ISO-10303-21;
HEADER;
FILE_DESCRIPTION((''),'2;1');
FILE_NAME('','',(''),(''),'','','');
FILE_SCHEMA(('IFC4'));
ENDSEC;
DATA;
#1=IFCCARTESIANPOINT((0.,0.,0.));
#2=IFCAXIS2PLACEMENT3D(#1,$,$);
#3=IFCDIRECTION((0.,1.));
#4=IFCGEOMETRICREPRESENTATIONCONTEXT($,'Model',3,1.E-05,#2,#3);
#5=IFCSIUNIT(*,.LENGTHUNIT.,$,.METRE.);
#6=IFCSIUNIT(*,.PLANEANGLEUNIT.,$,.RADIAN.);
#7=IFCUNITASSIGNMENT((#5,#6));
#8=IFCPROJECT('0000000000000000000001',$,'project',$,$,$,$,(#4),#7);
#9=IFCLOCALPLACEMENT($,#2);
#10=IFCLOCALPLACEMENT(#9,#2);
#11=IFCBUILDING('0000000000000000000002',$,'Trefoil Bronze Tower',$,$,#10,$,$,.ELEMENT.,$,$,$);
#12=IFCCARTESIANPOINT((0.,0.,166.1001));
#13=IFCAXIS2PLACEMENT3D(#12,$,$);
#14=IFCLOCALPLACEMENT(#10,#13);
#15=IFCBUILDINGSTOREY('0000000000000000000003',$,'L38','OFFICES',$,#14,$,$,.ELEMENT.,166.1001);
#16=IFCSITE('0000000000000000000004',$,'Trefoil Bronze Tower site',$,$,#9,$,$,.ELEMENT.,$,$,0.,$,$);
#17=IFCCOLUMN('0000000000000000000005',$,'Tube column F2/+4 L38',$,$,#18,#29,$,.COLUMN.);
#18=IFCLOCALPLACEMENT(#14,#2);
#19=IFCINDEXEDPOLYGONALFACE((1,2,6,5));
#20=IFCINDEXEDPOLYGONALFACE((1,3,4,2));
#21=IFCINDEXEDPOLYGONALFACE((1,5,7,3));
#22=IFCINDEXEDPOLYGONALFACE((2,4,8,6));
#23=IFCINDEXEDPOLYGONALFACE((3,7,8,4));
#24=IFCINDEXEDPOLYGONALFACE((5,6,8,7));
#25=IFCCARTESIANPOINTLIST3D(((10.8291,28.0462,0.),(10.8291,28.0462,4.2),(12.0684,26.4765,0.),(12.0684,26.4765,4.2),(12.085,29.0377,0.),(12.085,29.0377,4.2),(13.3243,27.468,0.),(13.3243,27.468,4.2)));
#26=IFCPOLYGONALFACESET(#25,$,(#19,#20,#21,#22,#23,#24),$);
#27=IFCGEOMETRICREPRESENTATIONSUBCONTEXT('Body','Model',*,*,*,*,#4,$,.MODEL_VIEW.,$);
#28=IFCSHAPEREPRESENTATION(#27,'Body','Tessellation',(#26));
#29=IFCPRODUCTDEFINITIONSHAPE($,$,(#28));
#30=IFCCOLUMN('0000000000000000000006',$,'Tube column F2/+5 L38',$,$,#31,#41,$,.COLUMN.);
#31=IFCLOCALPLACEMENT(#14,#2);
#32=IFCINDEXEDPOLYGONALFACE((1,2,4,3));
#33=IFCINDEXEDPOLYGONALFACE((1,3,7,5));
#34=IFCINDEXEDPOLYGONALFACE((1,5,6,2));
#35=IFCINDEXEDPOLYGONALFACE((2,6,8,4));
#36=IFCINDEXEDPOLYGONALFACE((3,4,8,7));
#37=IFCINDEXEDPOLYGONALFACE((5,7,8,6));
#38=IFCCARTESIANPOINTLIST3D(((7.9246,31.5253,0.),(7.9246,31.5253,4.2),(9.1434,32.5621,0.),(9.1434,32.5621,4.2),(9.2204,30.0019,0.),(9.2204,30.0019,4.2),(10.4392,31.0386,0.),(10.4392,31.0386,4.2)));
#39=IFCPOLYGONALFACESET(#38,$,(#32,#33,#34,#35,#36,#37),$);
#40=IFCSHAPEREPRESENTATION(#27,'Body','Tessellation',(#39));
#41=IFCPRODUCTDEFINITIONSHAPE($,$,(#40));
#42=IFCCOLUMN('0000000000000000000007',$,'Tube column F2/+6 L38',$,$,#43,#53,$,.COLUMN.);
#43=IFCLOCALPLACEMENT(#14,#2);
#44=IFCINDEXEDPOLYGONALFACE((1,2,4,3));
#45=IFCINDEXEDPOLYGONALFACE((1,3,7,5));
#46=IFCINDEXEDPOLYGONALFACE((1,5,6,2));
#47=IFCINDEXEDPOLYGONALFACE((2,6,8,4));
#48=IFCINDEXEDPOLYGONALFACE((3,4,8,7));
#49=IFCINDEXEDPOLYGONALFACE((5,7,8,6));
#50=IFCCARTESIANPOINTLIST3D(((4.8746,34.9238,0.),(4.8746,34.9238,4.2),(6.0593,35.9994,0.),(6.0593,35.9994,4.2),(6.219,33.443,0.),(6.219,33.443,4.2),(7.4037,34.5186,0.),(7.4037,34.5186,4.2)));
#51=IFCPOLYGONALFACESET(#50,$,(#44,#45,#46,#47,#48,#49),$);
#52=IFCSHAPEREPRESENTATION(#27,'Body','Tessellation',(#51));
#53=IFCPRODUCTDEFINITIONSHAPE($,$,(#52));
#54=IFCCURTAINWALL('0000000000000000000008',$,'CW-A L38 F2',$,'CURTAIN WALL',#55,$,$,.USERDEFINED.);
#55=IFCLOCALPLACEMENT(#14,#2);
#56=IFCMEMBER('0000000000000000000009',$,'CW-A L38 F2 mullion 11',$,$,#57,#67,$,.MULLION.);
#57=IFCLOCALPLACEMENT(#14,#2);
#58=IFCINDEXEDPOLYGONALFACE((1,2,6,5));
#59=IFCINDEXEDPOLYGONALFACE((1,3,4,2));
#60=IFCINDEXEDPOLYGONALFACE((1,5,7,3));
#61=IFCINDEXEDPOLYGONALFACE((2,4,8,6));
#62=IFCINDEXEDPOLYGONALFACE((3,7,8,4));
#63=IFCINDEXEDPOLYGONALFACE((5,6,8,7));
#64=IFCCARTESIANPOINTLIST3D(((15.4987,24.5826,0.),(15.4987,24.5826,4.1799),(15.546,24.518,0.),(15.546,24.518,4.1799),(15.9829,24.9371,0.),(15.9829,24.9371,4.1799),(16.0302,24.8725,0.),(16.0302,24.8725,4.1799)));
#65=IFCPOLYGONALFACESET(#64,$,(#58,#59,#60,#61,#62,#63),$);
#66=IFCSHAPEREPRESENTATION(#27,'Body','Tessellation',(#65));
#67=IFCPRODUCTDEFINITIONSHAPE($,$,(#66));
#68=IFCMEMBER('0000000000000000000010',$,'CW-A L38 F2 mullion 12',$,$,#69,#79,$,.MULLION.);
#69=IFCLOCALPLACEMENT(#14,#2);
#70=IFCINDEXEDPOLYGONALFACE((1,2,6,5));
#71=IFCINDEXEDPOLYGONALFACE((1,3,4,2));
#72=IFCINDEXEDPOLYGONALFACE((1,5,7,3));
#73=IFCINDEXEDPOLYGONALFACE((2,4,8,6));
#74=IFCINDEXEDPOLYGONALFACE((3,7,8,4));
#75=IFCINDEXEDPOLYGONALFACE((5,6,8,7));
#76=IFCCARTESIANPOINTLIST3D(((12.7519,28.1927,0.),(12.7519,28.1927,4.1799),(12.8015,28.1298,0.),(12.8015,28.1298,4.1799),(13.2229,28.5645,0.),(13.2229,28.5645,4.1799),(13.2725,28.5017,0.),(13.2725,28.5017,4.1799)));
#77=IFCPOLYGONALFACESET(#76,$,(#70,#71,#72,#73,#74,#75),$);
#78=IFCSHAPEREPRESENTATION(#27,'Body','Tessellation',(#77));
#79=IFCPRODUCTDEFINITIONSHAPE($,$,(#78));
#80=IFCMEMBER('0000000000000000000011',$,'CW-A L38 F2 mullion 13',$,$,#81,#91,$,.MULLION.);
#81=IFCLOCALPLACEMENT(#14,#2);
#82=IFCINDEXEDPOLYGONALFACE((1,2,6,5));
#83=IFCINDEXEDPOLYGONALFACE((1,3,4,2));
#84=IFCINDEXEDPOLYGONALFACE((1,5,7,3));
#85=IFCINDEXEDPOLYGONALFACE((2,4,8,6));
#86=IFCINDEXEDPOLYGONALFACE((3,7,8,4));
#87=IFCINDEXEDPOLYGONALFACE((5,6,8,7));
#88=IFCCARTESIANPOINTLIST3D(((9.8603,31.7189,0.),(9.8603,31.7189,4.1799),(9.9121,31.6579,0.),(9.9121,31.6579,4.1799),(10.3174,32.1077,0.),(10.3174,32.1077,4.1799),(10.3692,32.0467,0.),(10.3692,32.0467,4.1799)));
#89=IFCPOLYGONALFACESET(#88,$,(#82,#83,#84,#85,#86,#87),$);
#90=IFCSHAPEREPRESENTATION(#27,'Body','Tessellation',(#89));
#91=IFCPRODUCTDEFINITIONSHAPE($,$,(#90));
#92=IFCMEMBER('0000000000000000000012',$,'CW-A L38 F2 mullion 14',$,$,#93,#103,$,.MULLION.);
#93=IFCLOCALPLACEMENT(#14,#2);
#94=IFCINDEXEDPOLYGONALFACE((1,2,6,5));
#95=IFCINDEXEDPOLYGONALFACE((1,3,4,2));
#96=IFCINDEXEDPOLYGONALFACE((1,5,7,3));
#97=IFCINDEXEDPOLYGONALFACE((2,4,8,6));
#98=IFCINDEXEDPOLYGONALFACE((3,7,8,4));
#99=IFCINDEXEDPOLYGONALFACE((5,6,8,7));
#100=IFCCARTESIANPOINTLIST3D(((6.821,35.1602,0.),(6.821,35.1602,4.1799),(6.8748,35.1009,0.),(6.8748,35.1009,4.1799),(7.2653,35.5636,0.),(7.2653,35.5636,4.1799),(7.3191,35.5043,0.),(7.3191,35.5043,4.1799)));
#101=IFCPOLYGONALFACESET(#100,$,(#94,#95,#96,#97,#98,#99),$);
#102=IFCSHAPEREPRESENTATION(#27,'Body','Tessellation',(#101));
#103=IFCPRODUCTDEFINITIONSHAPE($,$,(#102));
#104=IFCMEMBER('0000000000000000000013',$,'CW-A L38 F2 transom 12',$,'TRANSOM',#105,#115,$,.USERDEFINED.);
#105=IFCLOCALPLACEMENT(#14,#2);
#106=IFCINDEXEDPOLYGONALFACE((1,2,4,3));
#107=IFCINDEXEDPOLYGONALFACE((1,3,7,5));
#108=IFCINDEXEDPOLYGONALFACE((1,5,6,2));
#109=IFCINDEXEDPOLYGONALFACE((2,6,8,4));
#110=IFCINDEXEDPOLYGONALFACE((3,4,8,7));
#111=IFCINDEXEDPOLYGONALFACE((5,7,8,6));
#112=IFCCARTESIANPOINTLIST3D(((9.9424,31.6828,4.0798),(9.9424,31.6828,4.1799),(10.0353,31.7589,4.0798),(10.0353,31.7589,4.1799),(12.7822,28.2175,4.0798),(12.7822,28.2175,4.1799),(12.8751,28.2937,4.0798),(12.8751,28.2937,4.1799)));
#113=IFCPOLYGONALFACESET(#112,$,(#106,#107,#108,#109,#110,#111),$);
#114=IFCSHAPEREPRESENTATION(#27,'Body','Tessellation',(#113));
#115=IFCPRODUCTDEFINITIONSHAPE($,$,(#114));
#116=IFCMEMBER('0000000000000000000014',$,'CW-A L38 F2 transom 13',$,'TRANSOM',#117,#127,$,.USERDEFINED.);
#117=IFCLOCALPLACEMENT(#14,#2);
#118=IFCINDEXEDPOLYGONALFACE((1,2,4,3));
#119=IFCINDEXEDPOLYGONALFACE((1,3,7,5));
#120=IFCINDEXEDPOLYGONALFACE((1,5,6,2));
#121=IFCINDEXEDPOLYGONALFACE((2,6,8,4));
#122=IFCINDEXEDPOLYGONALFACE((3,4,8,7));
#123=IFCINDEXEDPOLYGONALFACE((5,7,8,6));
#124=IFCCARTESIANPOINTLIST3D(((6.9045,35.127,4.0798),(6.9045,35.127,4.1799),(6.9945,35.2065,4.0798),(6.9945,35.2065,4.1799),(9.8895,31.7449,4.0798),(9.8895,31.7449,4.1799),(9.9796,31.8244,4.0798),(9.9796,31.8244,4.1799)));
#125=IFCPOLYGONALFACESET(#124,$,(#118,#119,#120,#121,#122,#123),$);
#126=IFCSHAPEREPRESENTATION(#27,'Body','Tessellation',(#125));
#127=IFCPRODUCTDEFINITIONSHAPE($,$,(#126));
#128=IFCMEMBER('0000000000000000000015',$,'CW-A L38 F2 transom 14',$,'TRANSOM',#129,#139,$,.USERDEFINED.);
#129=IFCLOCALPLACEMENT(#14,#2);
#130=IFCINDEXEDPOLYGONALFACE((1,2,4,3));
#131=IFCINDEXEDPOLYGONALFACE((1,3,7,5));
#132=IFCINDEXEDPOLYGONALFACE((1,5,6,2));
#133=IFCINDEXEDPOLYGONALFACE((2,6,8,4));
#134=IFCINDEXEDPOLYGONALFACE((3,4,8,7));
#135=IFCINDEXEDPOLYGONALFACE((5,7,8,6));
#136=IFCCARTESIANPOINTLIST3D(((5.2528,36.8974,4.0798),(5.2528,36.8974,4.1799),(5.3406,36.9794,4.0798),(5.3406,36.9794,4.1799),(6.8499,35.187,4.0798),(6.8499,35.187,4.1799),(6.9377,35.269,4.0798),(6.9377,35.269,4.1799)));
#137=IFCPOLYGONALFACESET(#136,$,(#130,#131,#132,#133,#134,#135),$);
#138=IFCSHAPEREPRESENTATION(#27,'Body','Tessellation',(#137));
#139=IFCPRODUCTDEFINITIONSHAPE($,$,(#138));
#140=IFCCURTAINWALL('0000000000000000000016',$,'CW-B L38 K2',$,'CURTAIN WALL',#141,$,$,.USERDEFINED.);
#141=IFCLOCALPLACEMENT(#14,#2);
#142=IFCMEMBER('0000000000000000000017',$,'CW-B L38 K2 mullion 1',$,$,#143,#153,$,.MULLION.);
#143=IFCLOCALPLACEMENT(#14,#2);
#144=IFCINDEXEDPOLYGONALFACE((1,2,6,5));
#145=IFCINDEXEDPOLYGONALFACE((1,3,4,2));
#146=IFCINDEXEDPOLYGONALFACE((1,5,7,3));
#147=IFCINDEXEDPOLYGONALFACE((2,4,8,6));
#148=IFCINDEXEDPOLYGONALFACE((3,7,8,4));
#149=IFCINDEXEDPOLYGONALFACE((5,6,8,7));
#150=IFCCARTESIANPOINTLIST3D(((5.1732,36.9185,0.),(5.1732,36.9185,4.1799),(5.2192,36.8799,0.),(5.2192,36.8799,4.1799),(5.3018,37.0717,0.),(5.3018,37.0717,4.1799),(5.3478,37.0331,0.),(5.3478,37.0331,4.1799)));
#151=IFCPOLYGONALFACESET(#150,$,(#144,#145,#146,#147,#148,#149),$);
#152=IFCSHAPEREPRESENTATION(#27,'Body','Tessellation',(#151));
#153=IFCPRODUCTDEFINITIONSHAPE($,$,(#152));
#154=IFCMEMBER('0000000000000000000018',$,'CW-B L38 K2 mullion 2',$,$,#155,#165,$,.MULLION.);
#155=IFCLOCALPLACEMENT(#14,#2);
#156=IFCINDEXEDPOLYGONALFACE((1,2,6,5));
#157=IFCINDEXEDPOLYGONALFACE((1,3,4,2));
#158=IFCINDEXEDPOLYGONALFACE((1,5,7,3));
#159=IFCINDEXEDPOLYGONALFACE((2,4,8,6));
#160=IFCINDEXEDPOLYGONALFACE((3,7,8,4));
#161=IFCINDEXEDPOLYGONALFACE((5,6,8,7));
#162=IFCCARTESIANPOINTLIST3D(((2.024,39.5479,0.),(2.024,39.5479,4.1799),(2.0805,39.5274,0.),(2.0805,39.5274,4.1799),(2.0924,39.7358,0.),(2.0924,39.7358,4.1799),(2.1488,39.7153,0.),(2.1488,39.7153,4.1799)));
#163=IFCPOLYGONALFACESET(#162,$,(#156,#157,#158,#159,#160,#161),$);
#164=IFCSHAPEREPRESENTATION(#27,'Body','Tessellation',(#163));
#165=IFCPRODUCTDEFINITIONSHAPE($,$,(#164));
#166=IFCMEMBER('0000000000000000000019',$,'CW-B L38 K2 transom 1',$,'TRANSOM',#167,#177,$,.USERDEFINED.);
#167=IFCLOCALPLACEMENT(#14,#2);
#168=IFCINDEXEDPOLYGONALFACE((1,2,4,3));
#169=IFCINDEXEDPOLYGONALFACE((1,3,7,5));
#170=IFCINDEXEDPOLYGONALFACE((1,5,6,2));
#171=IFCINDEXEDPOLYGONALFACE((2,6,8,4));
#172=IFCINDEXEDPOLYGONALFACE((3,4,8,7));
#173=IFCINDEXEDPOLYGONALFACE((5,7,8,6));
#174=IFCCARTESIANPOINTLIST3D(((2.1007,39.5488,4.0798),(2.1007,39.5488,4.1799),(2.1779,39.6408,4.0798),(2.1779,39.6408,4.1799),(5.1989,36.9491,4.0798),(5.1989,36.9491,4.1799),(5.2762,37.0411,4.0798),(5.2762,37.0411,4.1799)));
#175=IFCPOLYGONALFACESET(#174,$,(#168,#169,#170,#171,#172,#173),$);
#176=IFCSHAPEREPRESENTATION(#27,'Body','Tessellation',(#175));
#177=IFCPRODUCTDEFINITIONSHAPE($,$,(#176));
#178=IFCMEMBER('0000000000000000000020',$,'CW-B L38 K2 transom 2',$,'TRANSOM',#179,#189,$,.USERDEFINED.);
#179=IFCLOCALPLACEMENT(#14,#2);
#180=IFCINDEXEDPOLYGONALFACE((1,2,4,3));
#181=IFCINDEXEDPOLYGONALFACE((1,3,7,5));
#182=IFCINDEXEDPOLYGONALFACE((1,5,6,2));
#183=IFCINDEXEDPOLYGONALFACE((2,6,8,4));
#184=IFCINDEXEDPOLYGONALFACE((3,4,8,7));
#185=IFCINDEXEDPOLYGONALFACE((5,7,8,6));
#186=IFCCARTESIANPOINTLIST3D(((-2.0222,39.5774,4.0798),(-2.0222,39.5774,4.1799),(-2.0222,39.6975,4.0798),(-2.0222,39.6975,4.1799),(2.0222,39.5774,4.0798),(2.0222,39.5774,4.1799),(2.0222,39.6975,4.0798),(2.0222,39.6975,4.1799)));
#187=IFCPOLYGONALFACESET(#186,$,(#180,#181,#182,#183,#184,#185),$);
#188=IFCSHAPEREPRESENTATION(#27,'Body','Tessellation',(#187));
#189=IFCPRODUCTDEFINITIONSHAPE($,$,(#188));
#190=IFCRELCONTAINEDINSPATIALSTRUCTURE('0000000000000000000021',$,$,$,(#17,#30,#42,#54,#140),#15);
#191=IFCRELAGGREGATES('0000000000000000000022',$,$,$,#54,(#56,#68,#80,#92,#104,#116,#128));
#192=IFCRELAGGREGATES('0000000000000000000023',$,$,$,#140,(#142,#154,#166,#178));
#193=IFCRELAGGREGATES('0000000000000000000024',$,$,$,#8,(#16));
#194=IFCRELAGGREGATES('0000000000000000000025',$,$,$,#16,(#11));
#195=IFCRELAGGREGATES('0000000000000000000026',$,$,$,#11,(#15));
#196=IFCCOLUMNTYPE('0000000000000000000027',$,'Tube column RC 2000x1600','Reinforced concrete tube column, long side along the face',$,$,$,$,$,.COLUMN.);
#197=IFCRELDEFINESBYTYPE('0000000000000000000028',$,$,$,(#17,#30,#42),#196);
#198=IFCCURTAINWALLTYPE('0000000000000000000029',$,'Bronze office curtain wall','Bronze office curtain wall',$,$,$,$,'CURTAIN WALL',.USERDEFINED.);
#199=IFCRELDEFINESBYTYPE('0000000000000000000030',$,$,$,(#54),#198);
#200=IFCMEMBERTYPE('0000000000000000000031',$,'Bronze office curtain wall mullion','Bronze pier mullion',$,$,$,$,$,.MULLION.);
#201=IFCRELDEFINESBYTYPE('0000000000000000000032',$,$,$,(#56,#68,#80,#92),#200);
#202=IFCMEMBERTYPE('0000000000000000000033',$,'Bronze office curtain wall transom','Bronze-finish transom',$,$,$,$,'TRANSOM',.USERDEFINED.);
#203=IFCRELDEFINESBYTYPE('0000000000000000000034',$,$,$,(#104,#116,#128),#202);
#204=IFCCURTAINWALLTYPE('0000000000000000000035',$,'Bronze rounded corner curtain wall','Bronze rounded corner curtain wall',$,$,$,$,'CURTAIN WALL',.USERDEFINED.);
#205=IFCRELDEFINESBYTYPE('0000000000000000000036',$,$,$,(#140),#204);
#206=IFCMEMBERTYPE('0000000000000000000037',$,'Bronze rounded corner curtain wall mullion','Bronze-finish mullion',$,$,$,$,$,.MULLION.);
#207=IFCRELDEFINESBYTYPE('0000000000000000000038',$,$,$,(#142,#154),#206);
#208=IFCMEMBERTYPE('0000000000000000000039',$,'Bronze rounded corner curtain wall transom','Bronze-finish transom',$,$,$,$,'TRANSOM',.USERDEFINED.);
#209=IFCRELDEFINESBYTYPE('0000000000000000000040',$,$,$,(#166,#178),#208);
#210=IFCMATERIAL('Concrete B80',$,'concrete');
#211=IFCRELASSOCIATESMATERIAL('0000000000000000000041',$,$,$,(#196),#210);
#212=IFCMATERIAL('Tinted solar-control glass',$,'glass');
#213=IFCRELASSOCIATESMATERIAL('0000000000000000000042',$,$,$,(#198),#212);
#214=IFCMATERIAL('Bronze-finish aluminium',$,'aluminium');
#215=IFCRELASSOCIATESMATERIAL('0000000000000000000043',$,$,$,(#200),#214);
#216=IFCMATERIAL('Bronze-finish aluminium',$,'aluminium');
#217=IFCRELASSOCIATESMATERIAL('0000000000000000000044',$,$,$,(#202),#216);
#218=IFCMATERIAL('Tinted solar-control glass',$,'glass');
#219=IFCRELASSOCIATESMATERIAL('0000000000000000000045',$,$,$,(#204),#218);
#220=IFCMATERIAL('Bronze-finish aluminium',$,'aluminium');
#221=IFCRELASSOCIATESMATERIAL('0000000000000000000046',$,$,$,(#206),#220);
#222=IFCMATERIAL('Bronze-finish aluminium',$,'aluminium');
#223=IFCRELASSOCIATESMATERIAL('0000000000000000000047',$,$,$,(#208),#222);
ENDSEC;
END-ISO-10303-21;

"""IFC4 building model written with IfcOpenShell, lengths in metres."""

from ifc_helpers import new_model, si_unit, direction, frame, origin, origin_2d, place, context, subcontext, project, spatial, rectangle, extrude, material, material_profile, profile_set, type_object, element, aggregate, save


model = new_model("IFC4")

# Units and contexts
model_context = context("Model", 3, precision=1e-05, world=origin(), true_north=direction((0.0, 1.0)))
body_context = subcontext(model_context, "Body", "Model", "MODEL_VIEW")
ifc_project = project(units=[si_unit("LENGTHUNIT", "METRE"), si_unit("PLANEANGLEUNIT", "RADIAN")], contexts=[model_context])

# Site, building, storey
site_placement = place(None, origin())
site = spatial("IfcSite", under=ifc_project, at=site_placement, Name="Trefoil Bronze Tower site", CompositionType="ELEMENT", RefElevation=0.0)
building_placement = place(site_placement, origin())
building = spatial("IfcBuilding", under=site, at=building_placement, Name="Trefoil Bronze Tower", CompositionType="ELEMENT")
storey_placement = place(building_placement, frame((0.0, 0.0, 166.1001)))
storey = spatial("IfcBuildingStorey", under=building, at=storey_placement, Name="L38", Description="OFFICES", CompositionType="ELEMENT", Elevation=166.1001)

# Columns
ifc_material_1 = material(Name="Concrete B80", Category="concrete")
ifc_material_profile_1 = material_profile(ifc_material_1, rectangle(XDim=2.0, YDim=1.6001, at=origin_2d()), Name="RC 2000x1600")
ifc_profile_set_1 = profile_set([ifc_material_profile_1], Name="Concrete B80")
column_type = type_object("IfcColumnType", Name="Tube column RC 2000x1600", Description="Reinforced concrete tube column, long side along the face", PredefinedType="COLUMN", material=ifc_profile_set_1)
for number, where, z_axis, x_axis, name in (
    (1, (12.0767, 27.7571, 0.0), (0.0, 0.0, 1.0), (-0.619649, 0.784879, 0.0), "Tube column F2/+4 L38"),
    (2, (9.1819, 31.282, 0.0), (0.0, 0.0, 1.0), (-0.647904, 0.761722, 0.0), "Tube column F2/+5 L38"),
    (3, (6.1392, 34.7212, 0.0), (0.0, 0.0, 1.0), (-0.67221, 0.740361, 0.0), "Tube column F2/+6 L38"),
):
    element("IfcColumn", number, at=place(storey_placement, frame(where, z_axis=z_axis, x_axis=x_axis)), inside=storey, type_object=column_type, Name=name, PredefinedType="COLUMN", context=body_context, shape_type="SweptSolid", body=[
        extrude(rectangle(XDim=2.0, YDim=1.6001, at=origin_2d()), origin(), (0.0, 0.0, 1.0), 4.2),
    ])

# Curtain walls, members
ifc_material_2 = material(Name="Tinted solar-control glass", Category="glass")
curtain_wall_type_1 = type_object("IfcCurtainWallType", Name="Bronze office curtain wall", Description="Bronze office curtain wall", ElementType="CURTAIN WALL", PredefinedType="USERDEFINED", material=ifc_material_2)
curtain_wall_1_placement = place(storey_placement, origin())
curtain_wall_1 = element("IfcCurtainWall", 4, at=curtain_wall_1_placement, inside=storey, type_object=curtain_wall_type_1, Name="CW-A L38 F2", ObjectType="CURTAIN WALL", PredefinedType="USERDEFINED")
ifc_material_3 = material(Name="Bronze-finish aluminium", Category="aluminium")
ifc_material_profile_2 = material_profile(ifc_material_3, rectangle(XDim=0.6001, YDim=0.0801, at=origin_2d()), Name="CW-A mullion")
ifc_profile_set_2 = profile_set([ifc_material_profile_2], Name="Bronze-finish aluminium")
member_type_1 = type_object("IfcMemberType", Name="Bronze office curtain wall mullion", Description="Bronze pier mullion", PredefinedType="MULLION", material=ifc_profile_set_2)
member_1_placement = place(storey_placement, frame((15.7644, 24.7275, 0.0), z_axis=(0.0, 0.0, 1.0), x_axis=(-0.806875, -0.590723, 0.0)))
member_1 = element("IfcMember", 5, at=member_1_placement, type_object=member_type_1, Name="CW-A L38 F2 mullion 11", PredefinedType="MULLION", context=body_context, shape_type="SweptSolid", body=[
    extrude(rectangle(XDim=0.6001, YDim=0.0801, at=origin_2d()), origin(), (0.0, 0.0, 1.0), 4.1799),
])
member_2_placement = place(storey_placement, frame((13.0122, 28.3472, 0.0), z_axis=(0.0, 0.0, 1.0), x_axis=(-0.784879, -0.619649, 0.0)))
member_2 = element("IfcMember", 6, at=member_2_placement, type_object=member_type_1, Name="CW-A L38 F2 mullion 12", PredefinedType="MULLION", context=body_context, shape_type="SweptSolid", body=[
    extrude(rectangle(XDim=0.6001, YDim=0.0801, at=origin_2d()), origin(), (0.0, 0.0, 1.0), 4.1799),
])
member_3_placement = place(storey_placement, frame((10.1147, 31.8828, 0.0), z_axis=(0.0, 0.0, 1.0), x_axis=(-0.761722, -0.647904, 0.0)))
member_3 = element("IfcMember", 7, at=member_3_placement, type_object=member_type_1, Name="CW-A L38 F2 mullion 13", PredefinedType="MULLION", context=body_context, shape_type="SweptSolid", body=[
    extrude(rectangle(XDim=0.6001, YDim=0.0801, at=origin_2d()), origin(), (0.0, 0.0, 1.0), 4.1799),
])
member_4_placement = place(storey_placement, frame((7.0701, 35.3323, 0.0), z_axis=(0.0, 0.0, 1.0), x_axis=(-0.740361, -0.67221, 0.0)))
member_4 = element("IfcMember", 8, at=member_4_placement, type_object=member_type_1, Name="CW-A L38 F2 mullion 14", PredefinedType="MULLION", context=body_context, shape_type="SweptSolid", body=[
    extrude(rectangle(XDim=0.6001, YDim=0.0801, at=origin_2d()), origin(), (0.0, 0.0, 1.0), 4.1799),
])
ifc_material_4 = material(Name="Bronze-finish aluminium", Category="aluminium")
ifc_material_profile_3 = material_profile(ifc_material_4, rectangle(XDim=0.1201, YDim=0.1001, at=origin_2d()), Name="CW-A transom")
ifc_profile_set_3 = profile_set([ifc_material_profile_3], Name="Bronze-finish aluminium")
member_type_2 = type_object("IfcMemberType", Name="Bronze office curtain wall transom", Description="Bronze-finish transom", ElementType="TRANSOM", PredefinedType="USERDEFINED", material=ifc_profile_set_3)
member_5_placement = place(storey_placement, frame((12.8286, 28.2556, 4.1299), z_axis=(-0.633849, 0.773457, 0.0), x_axis=(-0.773457, -0.633849, 0.0)))
member_5 = element("IfcMember", 9, at=member_5_placement, type_object=member_type_2, Name="CW-A L38 F2 transom 12", ObjectType="TRANSOM", PredefinedType="USERDEFINED", context=body_context, shape_type="SweptSolid", body=[
    extrude(rectangle(XDim=0.1201, YDim=0.1001, at=origin_2d()), origin(), (0.0, 0.0, 1.0), 4.4802),
])
member_6_placement = place(storey_placement, frame((9.9346, 31.7847, 4.1299), z_axis=(-0.661736, 0.749737, 0.0), x_axis=(-0.749737, -0.661736, 0.0)))
member_6 = element("IfcMember", 10, at=member_6_placement, type_object=member_type_2, Name="CW-A L38 F2 transom 13", ObjectType="TRANSOM", PredefinedType="USERDEFINED", context=body_context, shape_type="SweptSolid", body=[
    extrude(rectangle(XDim=0.1201, YDim=0.1001, at=origin_2d()), origin(), (0.0, 0.0, 1.0), 4.511),
])
member_7_placement = place(storey_placement, frame((6.8938, 35.228, 4.1299), z_axis=(-0.682489, 0.730896, 0.0), x_axis=(-0.730896, -0.682489, 0.0)))
member_7 = element("IfcMember", 11, at=member_7_placement, type_object=member_type_2, Name="CW-A L38 F2 transom 14", ObjectType="TRANSOM", PredefinedType="USERDEFINED", context=body_context, shape_type="SweptSolid", body=[
    extrude(rectangle(XDim=0.1201, YDim=0.1001, at=origin_2d()), origin(), (0.0, 0.0, 1.0), 2.3401),
])
ifc_material_5 = material(Name="Tinted solar-control glass", Category="glass")
curtain_wall_type_2 = type_object("IfcCurtainWallType", Name="Bronze rounded corner curtain wall", Description="Bronze rounded corner curtain wall", ElementType="CURTAIN WALL", PredefinedType="USERDEFINED", material=ifc_material_5)
curtain_wall_2_placement = place(storey_placement, origin())
curtain_wall_2 = element("IfcCurtainWall", 12, at=curtain_wall_2_placement, inside=storey, type_object=curtain_wall_type_2, Name="CW-B L38 K2", ObjectType="CURTAIN WALL", PredefinedType="USERDEFINED")
ifc_material_6 = material(Name="Bronze-finish aluminium", Category="aluminium")
ifc_material_profile_4 = material_profile(ifc_material_6, rectangle(XDim=0.2, YDim=0.0601, at=origin_2d()), Name="CW-B mullion")
ifc_profile_set_4 = profile_set([ifc_material_profile_4], Name="Bronze-finish aluminium")
member_type_3 = type_object("IfcMemberType", Name="Bronze rounded corner curtain wall mullion", Description="Bronze-finish mullion", PredefinedType="MULLION", material=ifc_profile_set_4)
member_8_placement = place(storey_placement, frame((5.2605, 36.9758, 0.0), z_axis=(0.0, 0.0, 1.0), x_axis=(-0.642788, -0.766044, 0.0)))
member_8 = element("IfcMember", 13, at=member_8_placement, type_object=member_type_3, Name="CW-B L38 K2 mullion 1", PredefinedType="MULLION", context=body_context, shape_type="SweptSolid", body=[
    extrude(rectangle(XDim=0.2, YDim=0.0601, at=origin_2d()), origin(), (0.0, 0.0, 1.0), 4.1799),
])
member_9_placement = place(storey_placement, frame((2.0864, 39.6316, 0.0), z_axis=(0.0, 0.0, 1.0), x_axis=(-0.34202, -0.939693, 0.0)))
member_9 = element("IfcMember", 14, at=member_9_placement, type_object=member_type_3, Name="CW-B L38 K2 mullion 2", PredefinedType="MULLION", context=body_context, shape_type="SweptSolid", body=[
    extrude(rectangle(XDim=0.2, YDim=0.0601, at=origin_2d()), origin(), (0.0, 0.0, 1.0), 4.1799),
])
ifc_material_7 = material(Name="Bronze-finish aluminium", Category="aluminium")
ifc_material_profile_5 = material_profile(ifc_material_7, rectangle(XDim=0.1201, YDim=0.1001, at=origin_2d()), Name="CW-B transom")
ifc_profile_set_5 = profile_set([ifc_material_profile_5], Name="Bronze-finish aluminium")
member_type_4 = type_object("IfcMemberType", Name="Bronze rounded corner curtain wall transom", Description="Bronze-finish transom", ElementType="TRANSOM", PredefinedType="USERDEFINED", material=ifc_profile_set_5)
member_10_placement = place(storey_placement, frame((5.2375, 36.9951, 4.1299), z_axis=(-0.76605, 0.642781, 0.0), x_axis=(-0.642781, -0.76605, 0.0)))
member_10 = element("IfcMember", 15, at=member_10_placement, type_object=member_type_4, Name="CW-B L38 K2 transom 1", ObjectType="TRANSOM", PredefinedType="USERDEFINED", context=body_context, shape_type="SweptSolid", body=[
    extrude(rectangle(XDim=0.1201, YDim=0.1001, at=origin_2d()), origin(), (0.0, 0.0, 1.0), 4.0444),
])
member_11_placement = place(storey_placement, frame((2.0222, 39.6375, 4.1299), z_axis=(-1.0, 0.0, 0.0), x_axis=(0.0, -1.0, 0.0)))
member_11 = element("IfcMember", 16, at=member_11_placement, type_object=member_type_4, Name="CW-B L38 K2 transom 2", ObjectType="TRANSOM", PredefinedType="USERDEFINED", context=body_context, shape_type="SweptSolid", body=[
    extrude(rectangle(XDim=0.1201, YDim=0.1001, at=origin_2d()), origin(), (0.0, 0.0, 1.0), 4.0444),
])

aggregate(curtain_wall_1, [member_1, member_2, member_3, member_4, member_5, member_6, member_7])
aggregate(curtain_wall_2, [member_8, member_9, member_10, member_11])

save(model, "model.ifc")
